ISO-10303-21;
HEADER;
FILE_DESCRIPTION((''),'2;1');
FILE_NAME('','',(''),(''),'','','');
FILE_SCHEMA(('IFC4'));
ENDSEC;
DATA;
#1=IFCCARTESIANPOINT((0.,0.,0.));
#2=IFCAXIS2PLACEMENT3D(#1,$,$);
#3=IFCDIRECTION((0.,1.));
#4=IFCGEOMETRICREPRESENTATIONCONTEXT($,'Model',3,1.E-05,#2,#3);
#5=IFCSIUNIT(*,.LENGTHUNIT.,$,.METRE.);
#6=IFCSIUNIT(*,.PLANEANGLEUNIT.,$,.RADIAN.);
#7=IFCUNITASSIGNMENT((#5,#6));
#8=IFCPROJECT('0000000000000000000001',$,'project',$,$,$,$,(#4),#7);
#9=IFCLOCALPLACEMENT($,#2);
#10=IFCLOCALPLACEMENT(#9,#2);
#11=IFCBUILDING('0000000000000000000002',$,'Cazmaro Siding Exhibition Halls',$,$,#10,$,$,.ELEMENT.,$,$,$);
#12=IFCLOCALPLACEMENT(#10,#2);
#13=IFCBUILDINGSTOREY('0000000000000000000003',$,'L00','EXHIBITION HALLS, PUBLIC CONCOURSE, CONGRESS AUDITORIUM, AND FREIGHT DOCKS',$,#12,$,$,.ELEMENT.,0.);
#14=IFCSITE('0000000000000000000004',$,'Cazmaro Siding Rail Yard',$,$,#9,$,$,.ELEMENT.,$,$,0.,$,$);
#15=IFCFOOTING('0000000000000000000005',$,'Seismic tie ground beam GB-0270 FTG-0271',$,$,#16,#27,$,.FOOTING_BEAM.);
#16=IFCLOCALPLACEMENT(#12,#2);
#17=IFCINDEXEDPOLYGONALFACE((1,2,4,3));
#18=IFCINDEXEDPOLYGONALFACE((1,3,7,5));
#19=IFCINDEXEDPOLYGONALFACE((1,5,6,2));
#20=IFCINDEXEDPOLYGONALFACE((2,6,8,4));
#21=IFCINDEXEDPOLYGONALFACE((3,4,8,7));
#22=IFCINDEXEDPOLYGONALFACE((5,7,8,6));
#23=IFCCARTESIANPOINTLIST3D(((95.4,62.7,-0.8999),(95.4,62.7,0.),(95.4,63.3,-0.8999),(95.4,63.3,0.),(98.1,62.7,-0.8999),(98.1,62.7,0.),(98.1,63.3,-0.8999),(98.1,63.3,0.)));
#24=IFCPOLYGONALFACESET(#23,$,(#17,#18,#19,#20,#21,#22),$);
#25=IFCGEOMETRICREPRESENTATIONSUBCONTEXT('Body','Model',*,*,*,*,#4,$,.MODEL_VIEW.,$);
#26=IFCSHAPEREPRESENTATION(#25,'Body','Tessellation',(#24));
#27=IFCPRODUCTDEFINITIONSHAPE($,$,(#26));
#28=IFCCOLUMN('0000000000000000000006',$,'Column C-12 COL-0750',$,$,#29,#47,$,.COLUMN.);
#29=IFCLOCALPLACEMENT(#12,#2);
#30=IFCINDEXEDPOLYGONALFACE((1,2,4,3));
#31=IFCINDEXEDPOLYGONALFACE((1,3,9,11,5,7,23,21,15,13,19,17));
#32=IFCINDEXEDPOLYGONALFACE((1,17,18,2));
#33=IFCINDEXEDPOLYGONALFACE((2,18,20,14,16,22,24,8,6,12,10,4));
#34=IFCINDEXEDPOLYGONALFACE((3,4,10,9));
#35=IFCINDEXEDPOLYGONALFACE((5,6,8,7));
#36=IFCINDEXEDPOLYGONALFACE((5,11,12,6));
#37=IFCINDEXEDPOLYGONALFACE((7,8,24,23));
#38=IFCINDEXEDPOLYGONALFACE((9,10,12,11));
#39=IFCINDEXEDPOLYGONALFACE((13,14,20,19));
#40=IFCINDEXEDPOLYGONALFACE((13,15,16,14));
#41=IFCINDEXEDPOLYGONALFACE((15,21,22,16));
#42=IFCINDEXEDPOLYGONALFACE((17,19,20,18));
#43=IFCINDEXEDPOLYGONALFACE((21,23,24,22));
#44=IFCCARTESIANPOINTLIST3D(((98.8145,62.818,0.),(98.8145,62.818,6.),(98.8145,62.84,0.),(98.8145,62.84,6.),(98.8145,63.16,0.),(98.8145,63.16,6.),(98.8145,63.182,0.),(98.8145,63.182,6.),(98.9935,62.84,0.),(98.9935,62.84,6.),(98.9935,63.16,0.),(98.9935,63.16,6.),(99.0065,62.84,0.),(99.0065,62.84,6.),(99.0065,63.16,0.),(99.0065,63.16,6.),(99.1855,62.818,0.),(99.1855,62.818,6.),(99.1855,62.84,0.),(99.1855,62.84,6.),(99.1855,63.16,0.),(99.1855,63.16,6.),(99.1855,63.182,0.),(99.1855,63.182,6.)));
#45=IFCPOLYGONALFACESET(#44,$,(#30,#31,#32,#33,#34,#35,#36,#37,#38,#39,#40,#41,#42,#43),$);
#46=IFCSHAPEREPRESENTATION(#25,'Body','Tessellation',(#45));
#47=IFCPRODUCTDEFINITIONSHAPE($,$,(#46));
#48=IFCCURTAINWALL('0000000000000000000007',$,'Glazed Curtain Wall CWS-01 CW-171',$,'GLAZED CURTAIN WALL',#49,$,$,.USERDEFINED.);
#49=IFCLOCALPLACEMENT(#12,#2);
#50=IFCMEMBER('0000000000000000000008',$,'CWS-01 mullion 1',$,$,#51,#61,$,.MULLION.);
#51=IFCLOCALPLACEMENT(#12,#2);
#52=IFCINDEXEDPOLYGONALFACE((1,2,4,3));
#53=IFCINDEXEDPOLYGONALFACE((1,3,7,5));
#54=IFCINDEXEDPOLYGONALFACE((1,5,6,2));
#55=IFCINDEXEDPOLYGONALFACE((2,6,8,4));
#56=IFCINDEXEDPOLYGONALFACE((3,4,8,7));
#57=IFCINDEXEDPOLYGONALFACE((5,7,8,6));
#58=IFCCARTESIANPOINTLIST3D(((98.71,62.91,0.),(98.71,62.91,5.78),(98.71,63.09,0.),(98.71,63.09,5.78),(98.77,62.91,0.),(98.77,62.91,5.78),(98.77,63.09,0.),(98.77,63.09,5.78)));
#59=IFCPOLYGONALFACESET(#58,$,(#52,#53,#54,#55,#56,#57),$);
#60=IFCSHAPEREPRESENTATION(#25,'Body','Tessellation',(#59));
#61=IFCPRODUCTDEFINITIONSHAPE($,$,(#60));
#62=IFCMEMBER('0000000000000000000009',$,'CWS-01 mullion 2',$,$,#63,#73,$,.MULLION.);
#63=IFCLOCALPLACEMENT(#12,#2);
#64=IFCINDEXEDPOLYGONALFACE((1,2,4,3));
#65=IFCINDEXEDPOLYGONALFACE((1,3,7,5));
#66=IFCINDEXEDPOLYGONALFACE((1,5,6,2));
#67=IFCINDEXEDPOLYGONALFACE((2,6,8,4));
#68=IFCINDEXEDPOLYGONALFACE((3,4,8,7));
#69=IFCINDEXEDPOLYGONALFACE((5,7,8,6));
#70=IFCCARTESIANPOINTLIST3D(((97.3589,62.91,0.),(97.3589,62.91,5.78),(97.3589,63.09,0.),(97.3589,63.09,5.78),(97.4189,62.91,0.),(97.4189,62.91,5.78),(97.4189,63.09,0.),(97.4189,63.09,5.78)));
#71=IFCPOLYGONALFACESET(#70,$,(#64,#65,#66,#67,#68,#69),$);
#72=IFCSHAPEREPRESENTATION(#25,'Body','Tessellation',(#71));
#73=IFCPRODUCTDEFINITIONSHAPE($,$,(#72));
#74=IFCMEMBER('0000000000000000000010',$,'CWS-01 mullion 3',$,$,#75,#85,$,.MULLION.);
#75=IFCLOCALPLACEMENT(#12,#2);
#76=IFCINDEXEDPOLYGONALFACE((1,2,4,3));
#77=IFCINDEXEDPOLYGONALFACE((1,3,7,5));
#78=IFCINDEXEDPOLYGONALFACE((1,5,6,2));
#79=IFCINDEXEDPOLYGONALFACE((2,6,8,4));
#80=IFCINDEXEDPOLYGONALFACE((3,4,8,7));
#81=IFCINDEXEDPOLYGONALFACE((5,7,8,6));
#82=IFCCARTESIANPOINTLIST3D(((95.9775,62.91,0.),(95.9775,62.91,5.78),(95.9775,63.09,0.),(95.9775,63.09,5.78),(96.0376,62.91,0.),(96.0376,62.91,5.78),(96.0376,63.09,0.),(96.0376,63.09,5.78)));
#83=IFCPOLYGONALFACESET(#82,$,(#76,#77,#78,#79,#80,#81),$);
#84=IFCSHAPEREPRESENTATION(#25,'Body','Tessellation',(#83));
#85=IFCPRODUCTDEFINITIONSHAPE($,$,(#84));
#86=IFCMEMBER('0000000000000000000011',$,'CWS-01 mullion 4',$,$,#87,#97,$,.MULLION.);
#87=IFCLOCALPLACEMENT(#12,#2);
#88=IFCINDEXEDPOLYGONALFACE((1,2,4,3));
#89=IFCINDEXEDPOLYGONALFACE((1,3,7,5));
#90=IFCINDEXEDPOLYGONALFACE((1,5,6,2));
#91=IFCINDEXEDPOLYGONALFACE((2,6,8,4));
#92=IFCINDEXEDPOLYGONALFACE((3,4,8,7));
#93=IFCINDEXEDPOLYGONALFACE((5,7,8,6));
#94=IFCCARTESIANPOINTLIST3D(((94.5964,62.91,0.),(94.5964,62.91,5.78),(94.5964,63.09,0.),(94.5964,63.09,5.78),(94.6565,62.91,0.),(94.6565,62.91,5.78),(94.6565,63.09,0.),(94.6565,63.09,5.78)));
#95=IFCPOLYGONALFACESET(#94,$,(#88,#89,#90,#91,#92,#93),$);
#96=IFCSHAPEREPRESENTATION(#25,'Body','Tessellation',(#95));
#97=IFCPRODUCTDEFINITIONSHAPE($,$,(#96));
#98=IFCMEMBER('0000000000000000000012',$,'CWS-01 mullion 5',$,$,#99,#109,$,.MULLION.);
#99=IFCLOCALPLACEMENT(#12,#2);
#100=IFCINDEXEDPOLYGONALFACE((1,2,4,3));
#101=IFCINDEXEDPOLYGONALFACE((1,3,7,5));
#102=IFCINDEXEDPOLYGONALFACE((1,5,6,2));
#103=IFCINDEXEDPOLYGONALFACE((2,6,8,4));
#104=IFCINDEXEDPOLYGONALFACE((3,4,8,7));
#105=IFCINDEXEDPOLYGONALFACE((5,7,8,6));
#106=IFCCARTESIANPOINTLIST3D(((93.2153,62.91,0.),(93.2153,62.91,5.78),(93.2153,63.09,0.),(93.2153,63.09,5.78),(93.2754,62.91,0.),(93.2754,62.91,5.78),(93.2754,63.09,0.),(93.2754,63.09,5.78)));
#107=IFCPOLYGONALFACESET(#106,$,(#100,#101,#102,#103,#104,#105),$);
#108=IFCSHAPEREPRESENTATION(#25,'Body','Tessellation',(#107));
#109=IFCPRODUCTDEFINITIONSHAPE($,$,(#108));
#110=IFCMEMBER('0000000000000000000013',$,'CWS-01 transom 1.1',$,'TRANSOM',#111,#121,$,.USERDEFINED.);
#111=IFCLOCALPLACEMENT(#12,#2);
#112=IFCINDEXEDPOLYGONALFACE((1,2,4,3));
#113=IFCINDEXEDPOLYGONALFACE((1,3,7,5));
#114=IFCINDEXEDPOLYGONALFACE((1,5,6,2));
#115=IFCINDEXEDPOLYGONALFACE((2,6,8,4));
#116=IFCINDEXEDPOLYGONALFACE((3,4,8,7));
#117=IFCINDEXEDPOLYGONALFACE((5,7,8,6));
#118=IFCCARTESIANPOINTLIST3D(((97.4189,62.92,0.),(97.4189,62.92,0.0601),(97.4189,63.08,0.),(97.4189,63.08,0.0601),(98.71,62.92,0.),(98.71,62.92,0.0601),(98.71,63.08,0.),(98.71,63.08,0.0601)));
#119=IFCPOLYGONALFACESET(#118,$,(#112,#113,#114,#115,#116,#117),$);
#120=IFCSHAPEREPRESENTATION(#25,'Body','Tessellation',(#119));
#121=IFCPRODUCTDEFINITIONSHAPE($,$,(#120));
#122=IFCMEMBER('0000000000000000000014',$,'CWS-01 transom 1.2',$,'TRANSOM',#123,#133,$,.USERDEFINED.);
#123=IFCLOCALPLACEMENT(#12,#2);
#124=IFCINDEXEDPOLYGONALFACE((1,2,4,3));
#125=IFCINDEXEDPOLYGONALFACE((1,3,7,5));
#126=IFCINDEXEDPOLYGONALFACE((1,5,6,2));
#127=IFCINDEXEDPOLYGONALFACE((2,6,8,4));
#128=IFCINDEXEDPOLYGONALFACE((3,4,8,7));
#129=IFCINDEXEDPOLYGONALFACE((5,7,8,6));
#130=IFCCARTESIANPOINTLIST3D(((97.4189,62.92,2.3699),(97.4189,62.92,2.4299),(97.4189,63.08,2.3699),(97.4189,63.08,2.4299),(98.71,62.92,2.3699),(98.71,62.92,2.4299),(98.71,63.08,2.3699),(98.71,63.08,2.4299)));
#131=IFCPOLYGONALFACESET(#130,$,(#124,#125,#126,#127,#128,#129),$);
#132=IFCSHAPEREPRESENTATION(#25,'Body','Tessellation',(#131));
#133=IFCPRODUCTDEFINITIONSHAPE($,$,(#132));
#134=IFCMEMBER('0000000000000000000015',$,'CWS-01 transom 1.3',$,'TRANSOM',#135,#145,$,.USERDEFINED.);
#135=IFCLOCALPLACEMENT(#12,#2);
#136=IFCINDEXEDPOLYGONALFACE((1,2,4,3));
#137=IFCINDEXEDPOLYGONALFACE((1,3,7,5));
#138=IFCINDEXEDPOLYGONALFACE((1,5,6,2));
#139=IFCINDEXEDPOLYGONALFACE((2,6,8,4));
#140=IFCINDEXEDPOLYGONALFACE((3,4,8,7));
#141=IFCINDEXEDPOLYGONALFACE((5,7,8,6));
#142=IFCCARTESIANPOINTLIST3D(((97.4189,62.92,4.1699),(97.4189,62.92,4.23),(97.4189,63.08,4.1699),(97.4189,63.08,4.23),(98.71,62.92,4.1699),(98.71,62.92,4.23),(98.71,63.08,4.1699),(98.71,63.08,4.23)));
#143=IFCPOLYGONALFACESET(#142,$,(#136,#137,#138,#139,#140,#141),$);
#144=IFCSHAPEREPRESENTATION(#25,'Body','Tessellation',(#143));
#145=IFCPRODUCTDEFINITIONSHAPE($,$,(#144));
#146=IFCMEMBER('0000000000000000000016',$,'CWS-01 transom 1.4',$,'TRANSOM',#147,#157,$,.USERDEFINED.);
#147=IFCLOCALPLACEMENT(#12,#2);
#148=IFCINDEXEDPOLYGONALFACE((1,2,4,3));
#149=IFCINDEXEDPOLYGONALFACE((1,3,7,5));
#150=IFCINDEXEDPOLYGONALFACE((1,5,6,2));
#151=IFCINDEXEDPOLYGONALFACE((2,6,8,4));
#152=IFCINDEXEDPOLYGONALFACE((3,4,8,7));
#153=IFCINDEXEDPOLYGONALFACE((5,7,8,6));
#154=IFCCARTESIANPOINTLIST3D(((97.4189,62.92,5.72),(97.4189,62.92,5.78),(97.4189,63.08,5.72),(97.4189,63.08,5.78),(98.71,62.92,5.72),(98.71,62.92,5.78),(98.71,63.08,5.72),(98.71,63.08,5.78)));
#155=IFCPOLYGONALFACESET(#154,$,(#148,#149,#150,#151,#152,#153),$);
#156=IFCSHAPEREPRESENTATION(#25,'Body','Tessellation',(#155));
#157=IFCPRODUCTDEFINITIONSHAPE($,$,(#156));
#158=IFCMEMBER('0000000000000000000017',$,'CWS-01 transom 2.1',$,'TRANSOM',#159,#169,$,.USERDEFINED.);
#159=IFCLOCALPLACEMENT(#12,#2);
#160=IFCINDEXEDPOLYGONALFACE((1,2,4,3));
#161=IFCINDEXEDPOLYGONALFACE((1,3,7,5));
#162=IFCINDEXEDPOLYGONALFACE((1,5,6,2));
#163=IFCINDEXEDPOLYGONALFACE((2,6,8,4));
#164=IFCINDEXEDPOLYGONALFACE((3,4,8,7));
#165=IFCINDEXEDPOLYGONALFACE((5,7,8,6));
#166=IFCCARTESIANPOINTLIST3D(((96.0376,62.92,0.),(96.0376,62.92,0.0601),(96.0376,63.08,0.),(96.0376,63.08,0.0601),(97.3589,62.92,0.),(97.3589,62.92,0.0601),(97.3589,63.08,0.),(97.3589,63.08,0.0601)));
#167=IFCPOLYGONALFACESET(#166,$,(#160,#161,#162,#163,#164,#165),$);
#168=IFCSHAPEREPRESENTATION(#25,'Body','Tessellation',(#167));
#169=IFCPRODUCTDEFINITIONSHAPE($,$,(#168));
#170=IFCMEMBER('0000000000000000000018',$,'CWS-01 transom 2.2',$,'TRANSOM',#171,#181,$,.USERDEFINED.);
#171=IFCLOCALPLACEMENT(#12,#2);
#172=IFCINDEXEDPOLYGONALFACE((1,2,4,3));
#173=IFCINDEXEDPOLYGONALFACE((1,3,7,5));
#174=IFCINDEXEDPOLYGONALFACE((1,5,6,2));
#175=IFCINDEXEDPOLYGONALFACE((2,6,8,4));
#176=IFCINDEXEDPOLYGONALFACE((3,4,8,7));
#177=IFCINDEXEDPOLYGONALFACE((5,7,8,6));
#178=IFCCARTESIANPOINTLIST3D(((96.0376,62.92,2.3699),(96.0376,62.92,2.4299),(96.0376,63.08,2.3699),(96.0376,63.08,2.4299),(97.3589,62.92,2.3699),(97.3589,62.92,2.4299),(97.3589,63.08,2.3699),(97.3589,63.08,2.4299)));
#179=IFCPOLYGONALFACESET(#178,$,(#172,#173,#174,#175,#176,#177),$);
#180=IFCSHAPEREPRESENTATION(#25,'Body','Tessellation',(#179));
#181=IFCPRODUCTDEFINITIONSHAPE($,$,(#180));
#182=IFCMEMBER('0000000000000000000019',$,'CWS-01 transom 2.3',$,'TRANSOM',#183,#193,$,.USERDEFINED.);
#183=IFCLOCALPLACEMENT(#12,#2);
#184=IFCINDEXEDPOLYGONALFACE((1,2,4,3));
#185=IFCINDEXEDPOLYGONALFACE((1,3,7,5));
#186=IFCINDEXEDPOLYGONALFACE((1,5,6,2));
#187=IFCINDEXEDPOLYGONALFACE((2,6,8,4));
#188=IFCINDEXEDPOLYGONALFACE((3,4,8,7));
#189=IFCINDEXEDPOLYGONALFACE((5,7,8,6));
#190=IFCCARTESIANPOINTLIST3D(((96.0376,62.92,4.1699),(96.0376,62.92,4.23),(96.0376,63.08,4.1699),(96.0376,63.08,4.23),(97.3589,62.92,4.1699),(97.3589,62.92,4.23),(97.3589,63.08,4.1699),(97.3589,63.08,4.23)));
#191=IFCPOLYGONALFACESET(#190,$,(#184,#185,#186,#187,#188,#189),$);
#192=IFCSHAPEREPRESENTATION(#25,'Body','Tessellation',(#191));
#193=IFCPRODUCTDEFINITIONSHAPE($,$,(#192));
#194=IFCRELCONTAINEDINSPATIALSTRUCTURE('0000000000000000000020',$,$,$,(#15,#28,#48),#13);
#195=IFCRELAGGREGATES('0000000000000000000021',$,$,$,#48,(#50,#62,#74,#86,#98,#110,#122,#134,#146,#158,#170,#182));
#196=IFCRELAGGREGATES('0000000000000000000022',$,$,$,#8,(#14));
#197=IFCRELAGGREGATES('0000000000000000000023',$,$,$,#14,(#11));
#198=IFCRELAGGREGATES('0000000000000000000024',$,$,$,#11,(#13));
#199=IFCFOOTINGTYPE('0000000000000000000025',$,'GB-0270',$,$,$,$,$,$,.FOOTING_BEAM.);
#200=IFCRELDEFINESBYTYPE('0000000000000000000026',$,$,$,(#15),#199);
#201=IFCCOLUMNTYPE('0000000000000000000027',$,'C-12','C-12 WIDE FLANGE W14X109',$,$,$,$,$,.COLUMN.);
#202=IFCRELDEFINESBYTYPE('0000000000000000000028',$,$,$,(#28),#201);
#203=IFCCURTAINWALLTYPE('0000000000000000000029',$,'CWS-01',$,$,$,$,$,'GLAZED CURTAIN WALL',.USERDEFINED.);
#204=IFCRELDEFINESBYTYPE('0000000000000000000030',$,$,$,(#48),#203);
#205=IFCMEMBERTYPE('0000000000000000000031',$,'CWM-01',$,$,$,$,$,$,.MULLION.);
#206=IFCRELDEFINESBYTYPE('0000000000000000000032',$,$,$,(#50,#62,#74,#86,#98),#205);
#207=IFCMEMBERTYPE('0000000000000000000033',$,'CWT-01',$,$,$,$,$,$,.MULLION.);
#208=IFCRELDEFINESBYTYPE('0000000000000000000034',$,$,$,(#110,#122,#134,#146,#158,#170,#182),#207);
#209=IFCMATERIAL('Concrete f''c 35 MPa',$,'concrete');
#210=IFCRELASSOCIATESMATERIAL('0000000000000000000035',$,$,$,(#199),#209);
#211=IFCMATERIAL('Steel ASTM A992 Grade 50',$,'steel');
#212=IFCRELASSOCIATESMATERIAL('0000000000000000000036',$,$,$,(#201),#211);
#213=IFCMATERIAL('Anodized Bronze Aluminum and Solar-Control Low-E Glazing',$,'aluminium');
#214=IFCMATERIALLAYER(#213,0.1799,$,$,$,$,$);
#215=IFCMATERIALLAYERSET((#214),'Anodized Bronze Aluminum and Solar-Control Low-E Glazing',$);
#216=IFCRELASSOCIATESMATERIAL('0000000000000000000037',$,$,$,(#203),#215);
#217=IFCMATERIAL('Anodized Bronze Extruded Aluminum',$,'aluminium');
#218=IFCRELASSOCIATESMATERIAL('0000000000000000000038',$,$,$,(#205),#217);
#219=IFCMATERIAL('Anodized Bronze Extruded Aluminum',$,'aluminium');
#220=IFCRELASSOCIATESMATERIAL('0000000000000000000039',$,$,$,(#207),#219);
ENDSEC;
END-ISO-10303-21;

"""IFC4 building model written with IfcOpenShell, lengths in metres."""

from ifc_helpers import new_model, si_unit, direction, frame, origin, origin_2d, place, context, subcontext, project, spatial, rectangle, i_section, extrude, material, layer, layer_set, material_profile, profile_set, type_object, element, aggregate, save


model = new_model("IFC4")

# Units and contexts
model_context = context("Model", 3, precision=1e-05, world=origin(), true_north=direction((0.0, 1.0)))
body_context = subcontext(model_context, "Body", "Model", "MODEL_VIEW")
ifc_project = project(units=[si_unit("LENGTHUNIT", "METRE"), si_unit("PLANEANGLEUNIT", "RADIAN")], contexts=[model_context])

# Site, building, storey
site_placement = place(None, origin())
site = spatial("IfcSite", under=ifc_project, at=site_placement, Name="Cazmaro Siding Rail Yard", CompositionType="ELEMENT", RefElevation=0.0)
building_placement = place(site_placement, origin())
building = spatial("IfcBuilding", under=site, at=building_placement, Name="Cazmaro Siding Exhibition Halls", CompositionType="ELEMENT")
storey_placement = place(building_placement, origin())
storey = spatial("IfcBuildingStorey", under=building, at=storey_placement, Name="L00", Description="EXHIBITION HALLS, PUBLIC CONCOURSE, CONGRESS AUDITORIUM, AND FREIGHT DOCKS", CompositionType="ELEMENT", Elevation=0.0)

# Footing
ifc_material_1 = material(Name="Concrete f'c 35 MPa", Category="concrete")
footing_type = type_object("IfcFootingType", Name="GB-0270", PredefinedType="FOOTING_BEAM", material=ifc_material_1)
footing_placement = place(storey_placement, frame((96.75, 63.0, -0.8999), z_axis=(0.0, 0.0, 1.0), x_axis=(1.0, 0.0, 0.0)))
element("IfcFooting", 1, at=footing_placement, inside=storey, type_object=footing_type, Name="Seismic tie ground beam GB-0270 FTG-0271", PredefinedType="FOOTING_BEAM", context=body_context, shape_type="SweptSolid", body=[
    extrude(rectangle(XDim=2.7, YDim=0.6001, at=origin_2d()), origin(), (0.0, 0.0, 1.0), 0.8999),
])

# Column
ifc_material_2 = material(Name="Steel ASTM A992 Grade 50", Category="steel")
ifc_material_profile_1 = material_profile(ifc_material_2, i_section(OverallWidth=0.3711, OverallDepth=0.364, WebThickness=0.0129, FlangeThickness=0.022, at=origin_2d()), Name="W14X109")
ifc_profile_set_1 = profile_set([ifc_material_profile_1], Name="Steel ASTM A992 Grade 50")
column_type = type_object("IfcColumnType", Name="C-12", Description="C-12 WIDE FLANGE W14X109", PredefinedType="COLUMN", material=ifc_profile_set_1)
column_placement = place(storey_placement, frame((99.0, 63.0, 0.0), z_axis=(0.0, 0.0, 1.0), x_axis=(1.0, 0.0, 0.0)))
element("IfcColumn", 2, at=column_placement, inside=storey, type_object=column_type, Name="Column C-12 COL-0750", PredefinedType="COLUMN", context=body_context, shape_type="SweptSolid", body=[
    extrude(i_section(OverallWidth=0.3711, OverallDepth=0.364, WebThickness=0.0129, FlangeThickness=0.022, at=origin_2d()), origin(), (0.0, 0.0, 1.0), 6.0),
])

# Curtain wall, members
ifc_material_3 = material(Name="Anodized Bronze Aluminum and Solar-Control Low-E Glazing", Category="aluminium")
ifc_layer_1 = layer(ifc_material_3, 0.1799)
ifc_layer_set_1 = layer_set([ifc_layer_1], Name="Anodized Bronze Aluminum and Solar-Control Low-E Glazing")
curtain_wall_type = type_object("IfcCurtainWallType", Name="CWS-01", ElementType="GLAZED CURTAIN WALL", PredefinedType="USERDEFINED", material=ifc_layer_set_1)
curtain_wall_placement = place(storey_placement, origin())
curtain_wall = element("IfcCurtainWall", 3, at=curtain_wall_placement, inside=storey, type_object=curtain_wall_type, Name="Glazed Curtain Wall CWS-01 CW-171", ObjectType="GLAZED CURTAIN WALL", PredefinedType="USERDEFINED")
ifc_material_4 = material(Name="Anodized Bronze Extruded Aluminum", Category="aluminium")
ifc_material_profile_2 = material_profile(ifc_material_4, rectangle(XDim=0.1799, YDim=0.0601, at=origin_2d()), Name="CWM-01")
ifc_profile_set_2 = profile_set([ifc_material_profile_2], Name="Anodized Bronze Extruded Aluminum")
member_type_1 = type_object("IfcMemberType", Name="CWM-01", PredefinedType="MULLION", material=ifc_profile_set_2)
member_1_placement = place(storey_placement, frame((98.74, 63.0, 0.0), z_axis=(0.0, 0.0, 1.0), x_axis=(0.0, -1.0, 0.0)))
member_1 = element("IfcMember", 4, at=member_1_placement, type_object=member_type_1, Name="CWS-01 mullion 1", PredefinedType="MULLION", context=body_context, shape_type="SweptSolid", body=[
    extrude(rectangle(XDim=0.1799, YDim=0.0601, at=origin_2d()), origin(), (0.0, 0.0, 1.0), 5.78),
])
member_2_placement = place(storey_placement, frame((97.3889, 63.0, 0.0), z_axis=(0.0, 0.0, 1.0), x_axis=(0.0, -1.0, 0.0)))
member_2 = element("IfcMember", 5, at=member_2_placement, type_object=member_type_1, Name="CWS-01 mullion 2", PredefinedType="MULLION", context=body_context, shape_type="SweptSolid", body=[
    extrude(rectangle(XDim=0.1799, YDim=0.0601, at=origin_2d()), origin(), (0.0, 0.0, 1.0), 5.78),
])
member_3_placement = place(storey_placement, frame((96.0076, 63.0, 0.0), z_axis=(0.0, 0.0, 1.0), x_axis=(0.0, -1.0, 0.0)))
member_3 = element("IfcMember", 6, at=member_3_placement, type_object=member_type_1, Name="CWS-01 mullion 3", PredefinedType="MULLION", context=body_context, shape_type="SweptSolid", body=[
    extrude(rectangle(XDim=0.1799, YDim=0.0601, at=origin_2d()), origin(), (0.0, 0.0, 1.0), 5.78),
])
member_4_placement = place(storey_placement, frame((94.6265, 63.0, 0.0), z_axis=(0.0, 0.0, 1.0), x_axis=(0.0, -1.0, 0.0)))
member_4 = element("IfcMember", 7, at=member_4_placement, type_object=member_type_1, Name="CWS-01 mullion 4", PredefinedType="MULLION", context=body_context, shape_type="SweptSolid", body=[
    extrude(rectangle(XDim=0.1799, YDim=0.0601, at=origin_2d()), origin(), (0.0, 0.0, 1.0), 5.78),
])
member_5_placement = place(storey_placement, frame((93.2454, 63.0, 0.0), z_axis=(0.0, 0.0, 1.0), x_axis=(0.0, -1.0, 0.0)))
member_5 = element("IfcMember", 8, at=member_5_placement, type_object=member_type_1, Name="CWS-01 mullion 5", PredefinedType="MULLION", context=body_context, shape_type="SweptSolid", body=[
    extrude(rectangle(XDim=0.1799, YDim=0.0601, at=origin_2d()), origin(), (0.0, 0.0, 1.0), 5.78),
])
ifc_material_5 = material(Name="Anodized Bronze Extruded Aluminum", Category="aluminium")
ifc_material_profile_3 = material_profile(ifc_material_5, rectangle(XDim=0.1599, YDim=0.0601, at=origin_2d()), Name="CWT-01")
ifc_profile_set_3 = profile_set([ifc_material_profile_3], Name="Anodized Bronze Extruded Aluminum")
member_type_2 = type_object("IfcMemberType", Name="CWT-01", PredefinedType="MULLION", material=ifc_profile_set_3)
member_6_placement = place(storey_placement, frame((98.71, 63.0, 0.03), z_axis=(-1.0, 0.0, 0.0), x_axis=(0.0, -1.0, 0.0)))
member_6 = element("IfcMember", 9, at=member_6_placement, type_object=member_type_2, Name="CWS-01 transom 1.1", ObjectType="TRANSOM", PredefinedType="USERDEFINED", context=body_context, shape_type="SweptSolid", body=[
    extrude(rectangle(XDim=0.1599, YDim=0.0601, at=origin_2d()), origin(), (0.0, 0.0, 1.0), 1.291),
])
member_7_placement = place(storey_placement, frame((98.71, 63.0, 2.3999), z_axis=(-1.0, 0.0, 0.0), x_axis=(0.0, -1.0, 0.0)))
member_7 = element("IfcMember", 10, at=member_7_placement, type_object=member_type_2, Name="CWS-01 transom 1.2", ObjectType="TRANSOM", PredefinedType="USERDEFINED", context=body_context, shape_type="SweptSolid", body=[
    extrude(rectangle(XDim=0.1599, YDim=0.0601, at=origin_2d()), origin(), (0.0, 0.0, 1.0), 1.291),
])
member_8_placement = place(storey_placement, frame((98.71, 63.0, 4.2), z_axis=(-1.0, 0.0, 0.0), x_axis=(0.0, -1.0, 0.0)))
member_8 = element("IfcMember", 11, at=member_8_placement, type_object=member_type_2, Name="CWS-01 transom 1.3", ObjectType="TRANSOM", PredefinedType="USERDEFINED", context=body_context, shape_type="SweptSolid", body=[
    extrude(rectangle(XDim=0.1599, YDim=0.0601, at=origin_2d()), origin(), (0.0, 0.0, 1.0), 1.291),
])
member_9_placement = place(storey_placement, frame((98.71, 63.0, 5.75), z_axis=(-1.0, 0.0, 0.0), x_axis=(0.0, -1.0, 0.0)))
member_9 = element("IfcMember", 12, at=member_9_placement, type_object=member_type_2, Name="CWS-01 transom 1.4", ObjectType="TRANSOM", PredefinedType="USERDEFINED", context=body_context, shape_type="SweptSolid", body=[
    extrude(rectangle(XDim=0.1599, YDim=0.0601, at=origin_2d()), origin(), (0.0, 0.0, 1.0), 1.291),
])
member_10_placement = place(storey_placement, frame((97.3589, 63.0, 0.03), z_axis=(-1.0, 0.0, 0.0), x_axis=(0.0, -1.0, 0.0)))
member_10 = element("IfcMember", 13, at=member_10_placement, type_object=member_type_2, Name="CWS-01 transom 2.1", ObjectType="TRANSOM", PredefinedType="USERDEFINED", context=body_context, shape_type="SweptSolid", body=[
    extrude(rectangle(XDim=0.1599, YDim=0.0601, at=origin_2d()), origin(), (0.0, 0.0, 1.0), 1.3213),
])
member_11_placement = place(storey_placement, frame((97.3589, 63.0, 2.3999), z_axis=(-1.0, 0.0, 0.0), x_axis=(0.0, -1.0, 0.0)))
member_11 = element("IfcMember", 14, at=member_11_placement, type_object=member_type_2, Name="CWS-01 transom 2.2", ObjectType="TRANSOM", PredefinedType="USERDEFINED", context=body_context, shape_type="SweptSolid", body=[
    extrude(rectangle(XDim=0.1599, YDim=0.0601, at=origin_2d()), origin(), (0.0, 0.0, 1.0), 1.3213),
])
member_12_placement = place(storey_placement, frame((97.3589, 63.0, 4.2), z_axis=(-1.0, 0.0, 0.0), x_axis=(0.0, -1.0, 0.0)))
member_12 = element("IfcMember", 15, at=member_12_placement, type_object=member_type_2, Name="CWS-01 transom 2.3", ObjectType="TRANSOM", PredefinedType="USERDEFINED", context=body_context, shape_type="SweptSolid", body=[
    extrude(rectangle(XDim=0.1599, YDim=0.0601, at=origin_2d()), origin(), (0.0, 0.0, 1.0), 1.3213),
])
aggregate(curtain_wall, [member_1, member_2, member_3, member_4, member_5, member_6, member_7, member_8, member_9, member_10, member_11, member_12])

save(model, "model.ifc")
